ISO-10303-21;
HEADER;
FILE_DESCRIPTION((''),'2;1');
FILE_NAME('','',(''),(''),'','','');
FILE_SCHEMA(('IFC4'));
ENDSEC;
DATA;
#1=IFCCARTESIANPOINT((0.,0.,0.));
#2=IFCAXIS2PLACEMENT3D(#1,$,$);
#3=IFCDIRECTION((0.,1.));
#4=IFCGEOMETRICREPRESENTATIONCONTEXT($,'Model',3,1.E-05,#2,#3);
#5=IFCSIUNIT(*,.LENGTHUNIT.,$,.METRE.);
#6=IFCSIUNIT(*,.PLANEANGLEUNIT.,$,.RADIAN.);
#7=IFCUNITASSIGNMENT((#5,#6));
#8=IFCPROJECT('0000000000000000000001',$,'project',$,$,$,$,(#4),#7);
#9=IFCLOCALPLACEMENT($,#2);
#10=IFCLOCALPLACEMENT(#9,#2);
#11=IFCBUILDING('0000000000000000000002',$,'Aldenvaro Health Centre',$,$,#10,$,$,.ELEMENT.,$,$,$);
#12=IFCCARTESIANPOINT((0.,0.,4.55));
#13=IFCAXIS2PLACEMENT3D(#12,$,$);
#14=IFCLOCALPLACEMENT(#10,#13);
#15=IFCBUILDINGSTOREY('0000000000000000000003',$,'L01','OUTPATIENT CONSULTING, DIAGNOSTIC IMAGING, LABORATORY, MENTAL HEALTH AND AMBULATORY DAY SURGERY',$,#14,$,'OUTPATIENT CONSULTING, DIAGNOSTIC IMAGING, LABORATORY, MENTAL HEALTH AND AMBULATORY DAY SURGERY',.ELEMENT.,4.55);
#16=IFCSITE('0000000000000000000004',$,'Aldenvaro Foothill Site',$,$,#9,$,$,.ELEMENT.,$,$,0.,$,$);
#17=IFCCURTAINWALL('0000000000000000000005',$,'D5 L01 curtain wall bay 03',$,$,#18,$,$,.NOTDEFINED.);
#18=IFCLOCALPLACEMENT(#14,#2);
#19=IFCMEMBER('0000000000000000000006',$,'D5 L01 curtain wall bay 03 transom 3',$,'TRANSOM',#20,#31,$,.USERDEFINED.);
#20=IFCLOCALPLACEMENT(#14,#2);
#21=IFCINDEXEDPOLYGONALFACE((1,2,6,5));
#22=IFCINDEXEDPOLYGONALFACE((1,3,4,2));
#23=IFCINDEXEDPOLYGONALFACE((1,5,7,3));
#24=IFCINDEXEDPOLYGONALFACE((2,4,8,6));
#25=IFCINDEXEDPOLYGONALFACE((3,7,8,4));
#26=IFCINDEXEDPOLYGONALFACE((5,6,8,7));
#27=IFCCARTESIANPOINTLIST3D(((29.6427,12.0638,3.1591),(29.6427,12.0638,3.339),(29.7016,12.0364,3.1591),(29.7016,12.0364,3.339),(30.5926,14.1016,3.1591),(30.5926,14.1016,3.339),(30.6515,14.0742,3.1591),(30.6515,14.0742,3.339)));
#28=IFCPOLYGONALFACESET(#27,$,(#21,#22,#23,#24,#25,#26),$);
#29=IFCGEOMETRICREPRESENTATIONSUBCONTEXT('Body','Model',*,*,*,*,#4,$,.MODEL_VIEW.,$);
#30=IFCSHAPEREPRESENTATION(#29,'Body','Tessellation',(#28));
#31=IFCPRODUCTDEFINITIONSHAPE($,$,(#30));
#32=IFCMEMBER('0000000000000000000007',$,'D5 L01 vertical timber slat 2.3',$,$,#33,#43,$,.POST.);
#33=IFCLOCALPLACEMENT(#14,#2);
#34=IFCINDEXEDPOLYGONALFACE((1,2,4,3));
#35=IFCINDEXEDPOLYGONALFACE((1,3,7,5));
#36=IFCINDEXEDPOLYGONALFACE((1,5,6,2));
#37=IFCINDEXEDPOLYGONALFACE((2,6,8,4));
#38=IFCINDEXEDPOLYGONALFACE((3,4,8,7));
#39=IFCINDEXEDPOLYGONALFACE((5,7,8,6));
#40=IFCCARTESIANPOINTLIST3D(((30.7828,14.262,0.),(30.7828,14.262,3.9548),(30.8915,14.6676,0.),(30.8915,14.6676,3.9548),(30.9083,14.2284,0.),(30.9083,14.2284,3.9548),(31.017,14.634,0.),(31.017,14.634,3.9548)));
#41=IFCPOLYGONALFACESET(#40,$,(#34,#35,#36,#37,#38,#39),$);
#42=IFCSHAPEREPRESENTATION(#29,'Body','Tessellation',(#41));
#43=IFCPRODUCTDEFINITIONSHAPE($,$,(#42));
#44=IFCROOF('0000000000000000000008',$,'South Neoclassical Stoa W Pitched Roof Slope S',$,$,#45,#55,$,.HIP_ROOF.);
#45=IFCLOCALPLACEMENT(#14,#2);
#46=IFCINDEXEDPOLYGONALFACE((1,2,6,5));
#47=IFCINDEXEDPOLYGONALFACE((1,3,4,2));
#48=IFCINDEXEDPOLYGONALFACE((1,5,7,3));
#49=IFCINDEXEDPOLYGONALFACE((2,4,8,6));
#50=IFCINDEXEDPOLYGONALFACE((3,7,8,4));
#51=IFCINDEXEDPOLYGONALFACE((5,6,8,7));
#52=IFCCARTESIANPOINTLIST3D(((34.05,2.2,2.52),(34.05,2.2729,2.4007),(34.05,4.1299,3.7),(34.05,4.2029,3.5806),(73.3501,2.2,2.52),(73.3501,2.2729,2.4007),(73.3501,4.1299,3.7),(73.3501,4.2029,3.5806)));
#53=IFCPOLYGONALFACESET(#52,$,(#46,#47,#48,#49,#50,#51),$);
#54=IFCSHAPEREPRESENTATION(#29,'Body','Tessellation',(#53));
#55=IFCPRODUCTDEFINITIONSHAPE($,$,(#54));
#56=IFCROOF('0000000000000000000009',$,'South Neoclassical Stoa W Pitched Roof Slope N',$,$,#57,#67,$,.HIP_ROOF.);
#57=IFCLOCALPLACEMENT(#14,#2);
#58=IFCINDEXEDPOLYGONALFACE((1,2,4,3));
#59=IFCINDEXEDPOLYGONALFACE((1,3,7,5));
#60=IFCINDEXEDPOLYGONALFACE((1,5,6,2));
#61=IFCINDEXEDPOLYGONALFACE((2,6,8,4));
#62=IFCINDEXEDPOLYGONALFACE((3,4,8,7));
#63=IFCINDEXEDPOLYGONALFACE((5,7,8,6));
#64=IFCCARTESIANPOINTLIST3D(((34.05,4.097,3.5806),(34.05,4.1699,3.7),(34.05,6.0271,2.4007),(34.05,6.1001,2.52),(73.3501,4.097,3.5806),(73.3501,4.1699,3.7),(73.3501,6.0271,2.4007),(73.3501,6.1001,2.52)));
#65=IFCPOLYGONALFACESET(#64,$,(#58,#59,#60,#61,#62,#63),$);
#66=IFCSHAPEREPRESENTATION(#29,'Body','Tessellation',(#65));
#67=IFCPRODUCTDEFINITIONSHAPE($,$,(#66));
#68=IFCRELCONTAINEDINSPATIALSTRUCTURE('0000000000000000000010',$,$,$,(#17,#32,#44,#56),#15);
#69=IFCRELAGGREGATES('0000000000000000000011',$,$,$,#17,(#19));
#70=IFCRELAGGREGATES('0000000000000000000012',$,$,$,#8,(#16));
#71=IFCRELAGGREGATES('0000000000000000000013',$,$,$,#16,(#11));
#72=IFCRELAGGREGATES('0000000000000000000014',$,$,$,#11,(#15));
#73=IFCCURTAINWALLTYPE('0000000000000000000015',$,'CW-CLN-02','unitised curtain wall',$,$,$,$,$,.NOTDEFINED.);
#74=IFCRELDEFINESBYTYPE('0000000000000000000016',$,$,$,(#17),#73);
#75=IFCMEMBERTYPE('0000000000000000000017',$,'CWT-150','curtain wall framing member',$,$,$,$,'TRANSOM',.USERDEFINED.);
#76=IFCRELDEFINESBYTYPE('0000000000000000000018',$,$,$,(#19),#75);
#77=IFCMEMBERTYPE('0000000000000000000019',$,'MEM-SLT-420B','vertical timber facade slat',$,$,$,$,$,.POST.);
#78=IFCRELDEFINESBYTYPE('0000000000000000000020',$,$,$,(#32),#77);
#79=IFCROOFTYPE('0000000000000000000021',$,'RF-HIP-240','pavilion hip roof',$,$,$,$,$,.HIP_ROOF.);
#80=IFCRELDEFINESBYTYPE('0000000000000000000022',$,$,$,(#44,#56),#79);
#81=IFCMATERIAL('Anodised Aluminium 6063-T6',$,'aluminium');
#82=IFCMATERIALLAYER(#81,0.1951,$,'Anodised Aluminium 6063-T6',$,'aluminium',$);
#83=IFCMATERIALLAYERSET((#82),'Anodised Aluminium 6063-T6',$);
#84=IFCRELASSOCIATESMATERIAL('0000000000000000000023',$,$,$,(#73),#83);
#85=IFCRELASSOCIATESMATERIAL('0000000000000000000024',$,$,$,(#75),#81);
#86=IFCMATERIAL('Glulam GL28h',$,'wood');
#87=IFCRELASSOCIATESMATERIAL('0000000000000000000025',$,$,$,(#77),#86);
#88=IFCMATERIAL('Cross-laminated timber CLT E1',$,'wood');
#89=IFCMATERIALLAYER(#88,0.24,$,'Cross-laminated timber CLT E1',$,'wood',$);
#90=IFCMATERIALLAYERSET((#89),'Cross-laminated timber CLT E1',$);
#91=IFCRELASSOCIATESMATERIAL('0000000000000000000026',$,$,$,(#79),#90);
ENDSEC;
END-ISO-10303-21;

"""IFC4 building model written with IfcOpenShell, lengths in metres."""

from ifc_helpers import new_model, si_unit, direction, frame, origin, origin_2d, place, context, subcontext, project, spatial, polyline, rectangle, outline, extrude, material, layer, layer_set, material_profile, profile_set, type_object, element, aggregate, save


model = new_model("IFC4")

# Units and contexts
model_context = context("Model", 3, precision=1e-05, world=origin(), true_north=direction((0.0, 1.0)))
body_context = subcontext(model_context, "Body", "Model", "MODEL_VIEW")
ifc_project = project(units=[si_unit("LENGTHUNIT", "METRE"), si_unit("PLANEANGLEUNIT", "RADIAN")], contexts=[model_context])

# Site, building, storey
site_placement = place(None, origin())
site = spatial("IfcSite", under=ifc_project, at=site_placement, Name="Aldenvaro Foothill Site", CompositionType="ELEMENT", RefElevation=0.0)
building_placement = place(site_placement, origin())
building = spatial("IfcBuilding", under=site, at=building_placement, Name="Aldenvaro Health Centre", CompositionType="ELEMENT")
storey_placement = place(building_placement, frame((0.0, 0.0, 4.55)))
storey = spatial("IfcBuildingStorey", under=building, at=storey_placement, Name="L01", Description="OUTPATIENT CONSULTING, DIAGNOSTIC IMAGING, LABORATORY, MENTAL HEALTH AND AMBULATORY DAY SURGERY", LongName="OUTPATIENT CONSULTING, DIAGNOSTIC IMAGING, LABORATORY, MENTAL HEALTH AND AMBULATORY DAY SURGERY", CompositionType="ELEMENT", Elevation=4.55)

# Curtain wall, member
ifc_material_1 = material(Name="Anodised Aluminium 6063-T6", Category="aluminium")
ifc_layer_1 = layer(ifc_material_1, 0.1951, Name="Anodised Aluminium 6063-T6", Category="aluminium")
ifc_layer_set_1 = layer_set([ifc_layer_1], Name="Anodised Aluminium 6063-T6")
curtain_wall_type = type_object("IfcCurtainWallType", Name="CW-CLN-02", Description="unitised curtain wall", PredefinedType="NOTDEFINED", material=ifc_layer_set_1)
curtain_wall_placement = place(storey_placement, origin())
curtain_wall = element("IfcCurtainWall", 1, at=curtain_wall_placement, inside=storey, type_object=curtain_wall_type, Name="D5 L01 curtain wall bay 03", PredefinedType="NOTDEFINED")
ifc_material_profile_1 = material_profile(ifc_material_1, rectangle(XDim=0.0649, YDim=0.1799, at=origin_2d()), Name="ALU 65x180", Category="aluminium")
ifc_profile_set_1 = profile_set([ifc_material_profile_1], Name="Anodised Aluminium 6063-T6")
member_type_1 = type_object("IfcMemberType", Name="CWT-150", Description="curtain wall framing member", ElementType="TRANSOM", PredefinedType="USERDEFINED", material=ifc_profile_set_1)
member_1_placement = place(storey_placement, frame((30.6221, 14.0879, 3.249), z_axis=(-0.422505, -0.906361, 0.0), x_axis=(0.906361, -0.422505, 0.0)))
member_1 = element("IfcMember", 2, at=member_1_placement, type_object=member_type_1, Name="D5 L01 curtain wall bay 03 transom 3", ObjectType="TRANSOM", PredefinedType="USERDEFINED", context=body_context, shape_type="SweptSolid", body=[
    extrude(rectangle(XDim=0.0649, YDim=0.1799, at=origin_2d()), origin(), (0.0, 0.0, 1.0), 2.2483),
])
aggregate(curtain_wall, [member_1])

# Member
ifc_material_2 = material(Name="Glulam GL28h", Category="wood")
ifc_material_profile_2 = material_profile(ifc_material_2, rectangle(XDim=0.1299, YDim=0.4199, at=origin_2d()), Name="GL 130x420", Category="wood")
ifc_profile_set_2 = profile_set([ifc_material_profile_2], Name="Glulam GL28h")
member_type_2 = type_object("IfcMemberType", Name="MEM-SLT-420B", Description="vertical timber facade slat", PredefinedType="POST", material=ifc_profile_set_2)
member_2_placement = place(storey_placement, frame((30.8999, 14.448, 0.0), z_axis=(0.0, 0.0, 1.0), x_axis=(0.965924, -0.258825, 0.0)))
element("IfcMember", 3, at=member_2_placement, inside=storey, type_object=member_type_2, Name="D5 L01 vertical timber slat 2.3", PredefinedType="POST", context=body_context, shape_type="SweptSolid", body=[
    extrude(rectangle(XDim=0.1299, YDim=0.4199, at=origin_2d()), origin(), (0.0, 0.0, 1.0), 3.9548),
])

# Roofs
ifc_material_3 = material(Name="Cross-laminated timber CLT E1", Category="wood")
ifc_layer_2 = layer(ifc_material_3, 0.24, Name="Cross-laminated timber CLT E1", Category="wood")
ifc_layer_set_2 = layer_set([ifc_layer_2], Name="Cross-laminated timber CLT E1")
roof_type = type_object("IfcRoofType", Name="RF-HIP-240", Description="pavilion hip roof", PredefinedType="HIP_ROOF", material=ifc_layer_set_2)
roof_1_placement = place(storey_placement, frame((34.05, 2.2, 2.52), z_axis=(0.0, -0.52162, 0.853178), x_axis=(1.0, 0.0, 0.0)))
element("IfcRoof", 4, at=roof_1_placement, inside=storey, type_object=roof_type, Name="South Neoclassical Stoa W Pitched Roof Slope S", PredefinedType="HIP_ROOF", context=body_context, shape_type="SweptSolid", body=[
    extrude(outline(polyline([(0.0, 0.0), (39.3, 0.0), (39.3, 2.2621), (0.0, 2.2621), (0.0, 0.0)])), origin(), (0.0, 0.0, -1.0), 0.1399),
])
roof_2_placement = place(storey_placement, frame((34.05, 4.1699, 3.7), z_axis=(0.0, 0.521572, 0.853207), x_axis=(1.0, 0.0, 0.0)))
element("IfcRoof", 5, at=roof_2_placement, inside=storey, type_object=roof_type, Name="South Neoclassical Stoa W Pitched Roof Slope N", PredefinedType="HIP_ROOF", context=body_context, shape_type="SweptSolid", body=[
    extrude(outline(polyline([(0.0, 0.0), (39.3, 0.0), (39.3, 2.2623), (0.0, 2.2623), (0.0, 0.0)])), origin(), (0.0, 0.0, -1.0), 0.1399),
])

save(model, "model.ifc")
